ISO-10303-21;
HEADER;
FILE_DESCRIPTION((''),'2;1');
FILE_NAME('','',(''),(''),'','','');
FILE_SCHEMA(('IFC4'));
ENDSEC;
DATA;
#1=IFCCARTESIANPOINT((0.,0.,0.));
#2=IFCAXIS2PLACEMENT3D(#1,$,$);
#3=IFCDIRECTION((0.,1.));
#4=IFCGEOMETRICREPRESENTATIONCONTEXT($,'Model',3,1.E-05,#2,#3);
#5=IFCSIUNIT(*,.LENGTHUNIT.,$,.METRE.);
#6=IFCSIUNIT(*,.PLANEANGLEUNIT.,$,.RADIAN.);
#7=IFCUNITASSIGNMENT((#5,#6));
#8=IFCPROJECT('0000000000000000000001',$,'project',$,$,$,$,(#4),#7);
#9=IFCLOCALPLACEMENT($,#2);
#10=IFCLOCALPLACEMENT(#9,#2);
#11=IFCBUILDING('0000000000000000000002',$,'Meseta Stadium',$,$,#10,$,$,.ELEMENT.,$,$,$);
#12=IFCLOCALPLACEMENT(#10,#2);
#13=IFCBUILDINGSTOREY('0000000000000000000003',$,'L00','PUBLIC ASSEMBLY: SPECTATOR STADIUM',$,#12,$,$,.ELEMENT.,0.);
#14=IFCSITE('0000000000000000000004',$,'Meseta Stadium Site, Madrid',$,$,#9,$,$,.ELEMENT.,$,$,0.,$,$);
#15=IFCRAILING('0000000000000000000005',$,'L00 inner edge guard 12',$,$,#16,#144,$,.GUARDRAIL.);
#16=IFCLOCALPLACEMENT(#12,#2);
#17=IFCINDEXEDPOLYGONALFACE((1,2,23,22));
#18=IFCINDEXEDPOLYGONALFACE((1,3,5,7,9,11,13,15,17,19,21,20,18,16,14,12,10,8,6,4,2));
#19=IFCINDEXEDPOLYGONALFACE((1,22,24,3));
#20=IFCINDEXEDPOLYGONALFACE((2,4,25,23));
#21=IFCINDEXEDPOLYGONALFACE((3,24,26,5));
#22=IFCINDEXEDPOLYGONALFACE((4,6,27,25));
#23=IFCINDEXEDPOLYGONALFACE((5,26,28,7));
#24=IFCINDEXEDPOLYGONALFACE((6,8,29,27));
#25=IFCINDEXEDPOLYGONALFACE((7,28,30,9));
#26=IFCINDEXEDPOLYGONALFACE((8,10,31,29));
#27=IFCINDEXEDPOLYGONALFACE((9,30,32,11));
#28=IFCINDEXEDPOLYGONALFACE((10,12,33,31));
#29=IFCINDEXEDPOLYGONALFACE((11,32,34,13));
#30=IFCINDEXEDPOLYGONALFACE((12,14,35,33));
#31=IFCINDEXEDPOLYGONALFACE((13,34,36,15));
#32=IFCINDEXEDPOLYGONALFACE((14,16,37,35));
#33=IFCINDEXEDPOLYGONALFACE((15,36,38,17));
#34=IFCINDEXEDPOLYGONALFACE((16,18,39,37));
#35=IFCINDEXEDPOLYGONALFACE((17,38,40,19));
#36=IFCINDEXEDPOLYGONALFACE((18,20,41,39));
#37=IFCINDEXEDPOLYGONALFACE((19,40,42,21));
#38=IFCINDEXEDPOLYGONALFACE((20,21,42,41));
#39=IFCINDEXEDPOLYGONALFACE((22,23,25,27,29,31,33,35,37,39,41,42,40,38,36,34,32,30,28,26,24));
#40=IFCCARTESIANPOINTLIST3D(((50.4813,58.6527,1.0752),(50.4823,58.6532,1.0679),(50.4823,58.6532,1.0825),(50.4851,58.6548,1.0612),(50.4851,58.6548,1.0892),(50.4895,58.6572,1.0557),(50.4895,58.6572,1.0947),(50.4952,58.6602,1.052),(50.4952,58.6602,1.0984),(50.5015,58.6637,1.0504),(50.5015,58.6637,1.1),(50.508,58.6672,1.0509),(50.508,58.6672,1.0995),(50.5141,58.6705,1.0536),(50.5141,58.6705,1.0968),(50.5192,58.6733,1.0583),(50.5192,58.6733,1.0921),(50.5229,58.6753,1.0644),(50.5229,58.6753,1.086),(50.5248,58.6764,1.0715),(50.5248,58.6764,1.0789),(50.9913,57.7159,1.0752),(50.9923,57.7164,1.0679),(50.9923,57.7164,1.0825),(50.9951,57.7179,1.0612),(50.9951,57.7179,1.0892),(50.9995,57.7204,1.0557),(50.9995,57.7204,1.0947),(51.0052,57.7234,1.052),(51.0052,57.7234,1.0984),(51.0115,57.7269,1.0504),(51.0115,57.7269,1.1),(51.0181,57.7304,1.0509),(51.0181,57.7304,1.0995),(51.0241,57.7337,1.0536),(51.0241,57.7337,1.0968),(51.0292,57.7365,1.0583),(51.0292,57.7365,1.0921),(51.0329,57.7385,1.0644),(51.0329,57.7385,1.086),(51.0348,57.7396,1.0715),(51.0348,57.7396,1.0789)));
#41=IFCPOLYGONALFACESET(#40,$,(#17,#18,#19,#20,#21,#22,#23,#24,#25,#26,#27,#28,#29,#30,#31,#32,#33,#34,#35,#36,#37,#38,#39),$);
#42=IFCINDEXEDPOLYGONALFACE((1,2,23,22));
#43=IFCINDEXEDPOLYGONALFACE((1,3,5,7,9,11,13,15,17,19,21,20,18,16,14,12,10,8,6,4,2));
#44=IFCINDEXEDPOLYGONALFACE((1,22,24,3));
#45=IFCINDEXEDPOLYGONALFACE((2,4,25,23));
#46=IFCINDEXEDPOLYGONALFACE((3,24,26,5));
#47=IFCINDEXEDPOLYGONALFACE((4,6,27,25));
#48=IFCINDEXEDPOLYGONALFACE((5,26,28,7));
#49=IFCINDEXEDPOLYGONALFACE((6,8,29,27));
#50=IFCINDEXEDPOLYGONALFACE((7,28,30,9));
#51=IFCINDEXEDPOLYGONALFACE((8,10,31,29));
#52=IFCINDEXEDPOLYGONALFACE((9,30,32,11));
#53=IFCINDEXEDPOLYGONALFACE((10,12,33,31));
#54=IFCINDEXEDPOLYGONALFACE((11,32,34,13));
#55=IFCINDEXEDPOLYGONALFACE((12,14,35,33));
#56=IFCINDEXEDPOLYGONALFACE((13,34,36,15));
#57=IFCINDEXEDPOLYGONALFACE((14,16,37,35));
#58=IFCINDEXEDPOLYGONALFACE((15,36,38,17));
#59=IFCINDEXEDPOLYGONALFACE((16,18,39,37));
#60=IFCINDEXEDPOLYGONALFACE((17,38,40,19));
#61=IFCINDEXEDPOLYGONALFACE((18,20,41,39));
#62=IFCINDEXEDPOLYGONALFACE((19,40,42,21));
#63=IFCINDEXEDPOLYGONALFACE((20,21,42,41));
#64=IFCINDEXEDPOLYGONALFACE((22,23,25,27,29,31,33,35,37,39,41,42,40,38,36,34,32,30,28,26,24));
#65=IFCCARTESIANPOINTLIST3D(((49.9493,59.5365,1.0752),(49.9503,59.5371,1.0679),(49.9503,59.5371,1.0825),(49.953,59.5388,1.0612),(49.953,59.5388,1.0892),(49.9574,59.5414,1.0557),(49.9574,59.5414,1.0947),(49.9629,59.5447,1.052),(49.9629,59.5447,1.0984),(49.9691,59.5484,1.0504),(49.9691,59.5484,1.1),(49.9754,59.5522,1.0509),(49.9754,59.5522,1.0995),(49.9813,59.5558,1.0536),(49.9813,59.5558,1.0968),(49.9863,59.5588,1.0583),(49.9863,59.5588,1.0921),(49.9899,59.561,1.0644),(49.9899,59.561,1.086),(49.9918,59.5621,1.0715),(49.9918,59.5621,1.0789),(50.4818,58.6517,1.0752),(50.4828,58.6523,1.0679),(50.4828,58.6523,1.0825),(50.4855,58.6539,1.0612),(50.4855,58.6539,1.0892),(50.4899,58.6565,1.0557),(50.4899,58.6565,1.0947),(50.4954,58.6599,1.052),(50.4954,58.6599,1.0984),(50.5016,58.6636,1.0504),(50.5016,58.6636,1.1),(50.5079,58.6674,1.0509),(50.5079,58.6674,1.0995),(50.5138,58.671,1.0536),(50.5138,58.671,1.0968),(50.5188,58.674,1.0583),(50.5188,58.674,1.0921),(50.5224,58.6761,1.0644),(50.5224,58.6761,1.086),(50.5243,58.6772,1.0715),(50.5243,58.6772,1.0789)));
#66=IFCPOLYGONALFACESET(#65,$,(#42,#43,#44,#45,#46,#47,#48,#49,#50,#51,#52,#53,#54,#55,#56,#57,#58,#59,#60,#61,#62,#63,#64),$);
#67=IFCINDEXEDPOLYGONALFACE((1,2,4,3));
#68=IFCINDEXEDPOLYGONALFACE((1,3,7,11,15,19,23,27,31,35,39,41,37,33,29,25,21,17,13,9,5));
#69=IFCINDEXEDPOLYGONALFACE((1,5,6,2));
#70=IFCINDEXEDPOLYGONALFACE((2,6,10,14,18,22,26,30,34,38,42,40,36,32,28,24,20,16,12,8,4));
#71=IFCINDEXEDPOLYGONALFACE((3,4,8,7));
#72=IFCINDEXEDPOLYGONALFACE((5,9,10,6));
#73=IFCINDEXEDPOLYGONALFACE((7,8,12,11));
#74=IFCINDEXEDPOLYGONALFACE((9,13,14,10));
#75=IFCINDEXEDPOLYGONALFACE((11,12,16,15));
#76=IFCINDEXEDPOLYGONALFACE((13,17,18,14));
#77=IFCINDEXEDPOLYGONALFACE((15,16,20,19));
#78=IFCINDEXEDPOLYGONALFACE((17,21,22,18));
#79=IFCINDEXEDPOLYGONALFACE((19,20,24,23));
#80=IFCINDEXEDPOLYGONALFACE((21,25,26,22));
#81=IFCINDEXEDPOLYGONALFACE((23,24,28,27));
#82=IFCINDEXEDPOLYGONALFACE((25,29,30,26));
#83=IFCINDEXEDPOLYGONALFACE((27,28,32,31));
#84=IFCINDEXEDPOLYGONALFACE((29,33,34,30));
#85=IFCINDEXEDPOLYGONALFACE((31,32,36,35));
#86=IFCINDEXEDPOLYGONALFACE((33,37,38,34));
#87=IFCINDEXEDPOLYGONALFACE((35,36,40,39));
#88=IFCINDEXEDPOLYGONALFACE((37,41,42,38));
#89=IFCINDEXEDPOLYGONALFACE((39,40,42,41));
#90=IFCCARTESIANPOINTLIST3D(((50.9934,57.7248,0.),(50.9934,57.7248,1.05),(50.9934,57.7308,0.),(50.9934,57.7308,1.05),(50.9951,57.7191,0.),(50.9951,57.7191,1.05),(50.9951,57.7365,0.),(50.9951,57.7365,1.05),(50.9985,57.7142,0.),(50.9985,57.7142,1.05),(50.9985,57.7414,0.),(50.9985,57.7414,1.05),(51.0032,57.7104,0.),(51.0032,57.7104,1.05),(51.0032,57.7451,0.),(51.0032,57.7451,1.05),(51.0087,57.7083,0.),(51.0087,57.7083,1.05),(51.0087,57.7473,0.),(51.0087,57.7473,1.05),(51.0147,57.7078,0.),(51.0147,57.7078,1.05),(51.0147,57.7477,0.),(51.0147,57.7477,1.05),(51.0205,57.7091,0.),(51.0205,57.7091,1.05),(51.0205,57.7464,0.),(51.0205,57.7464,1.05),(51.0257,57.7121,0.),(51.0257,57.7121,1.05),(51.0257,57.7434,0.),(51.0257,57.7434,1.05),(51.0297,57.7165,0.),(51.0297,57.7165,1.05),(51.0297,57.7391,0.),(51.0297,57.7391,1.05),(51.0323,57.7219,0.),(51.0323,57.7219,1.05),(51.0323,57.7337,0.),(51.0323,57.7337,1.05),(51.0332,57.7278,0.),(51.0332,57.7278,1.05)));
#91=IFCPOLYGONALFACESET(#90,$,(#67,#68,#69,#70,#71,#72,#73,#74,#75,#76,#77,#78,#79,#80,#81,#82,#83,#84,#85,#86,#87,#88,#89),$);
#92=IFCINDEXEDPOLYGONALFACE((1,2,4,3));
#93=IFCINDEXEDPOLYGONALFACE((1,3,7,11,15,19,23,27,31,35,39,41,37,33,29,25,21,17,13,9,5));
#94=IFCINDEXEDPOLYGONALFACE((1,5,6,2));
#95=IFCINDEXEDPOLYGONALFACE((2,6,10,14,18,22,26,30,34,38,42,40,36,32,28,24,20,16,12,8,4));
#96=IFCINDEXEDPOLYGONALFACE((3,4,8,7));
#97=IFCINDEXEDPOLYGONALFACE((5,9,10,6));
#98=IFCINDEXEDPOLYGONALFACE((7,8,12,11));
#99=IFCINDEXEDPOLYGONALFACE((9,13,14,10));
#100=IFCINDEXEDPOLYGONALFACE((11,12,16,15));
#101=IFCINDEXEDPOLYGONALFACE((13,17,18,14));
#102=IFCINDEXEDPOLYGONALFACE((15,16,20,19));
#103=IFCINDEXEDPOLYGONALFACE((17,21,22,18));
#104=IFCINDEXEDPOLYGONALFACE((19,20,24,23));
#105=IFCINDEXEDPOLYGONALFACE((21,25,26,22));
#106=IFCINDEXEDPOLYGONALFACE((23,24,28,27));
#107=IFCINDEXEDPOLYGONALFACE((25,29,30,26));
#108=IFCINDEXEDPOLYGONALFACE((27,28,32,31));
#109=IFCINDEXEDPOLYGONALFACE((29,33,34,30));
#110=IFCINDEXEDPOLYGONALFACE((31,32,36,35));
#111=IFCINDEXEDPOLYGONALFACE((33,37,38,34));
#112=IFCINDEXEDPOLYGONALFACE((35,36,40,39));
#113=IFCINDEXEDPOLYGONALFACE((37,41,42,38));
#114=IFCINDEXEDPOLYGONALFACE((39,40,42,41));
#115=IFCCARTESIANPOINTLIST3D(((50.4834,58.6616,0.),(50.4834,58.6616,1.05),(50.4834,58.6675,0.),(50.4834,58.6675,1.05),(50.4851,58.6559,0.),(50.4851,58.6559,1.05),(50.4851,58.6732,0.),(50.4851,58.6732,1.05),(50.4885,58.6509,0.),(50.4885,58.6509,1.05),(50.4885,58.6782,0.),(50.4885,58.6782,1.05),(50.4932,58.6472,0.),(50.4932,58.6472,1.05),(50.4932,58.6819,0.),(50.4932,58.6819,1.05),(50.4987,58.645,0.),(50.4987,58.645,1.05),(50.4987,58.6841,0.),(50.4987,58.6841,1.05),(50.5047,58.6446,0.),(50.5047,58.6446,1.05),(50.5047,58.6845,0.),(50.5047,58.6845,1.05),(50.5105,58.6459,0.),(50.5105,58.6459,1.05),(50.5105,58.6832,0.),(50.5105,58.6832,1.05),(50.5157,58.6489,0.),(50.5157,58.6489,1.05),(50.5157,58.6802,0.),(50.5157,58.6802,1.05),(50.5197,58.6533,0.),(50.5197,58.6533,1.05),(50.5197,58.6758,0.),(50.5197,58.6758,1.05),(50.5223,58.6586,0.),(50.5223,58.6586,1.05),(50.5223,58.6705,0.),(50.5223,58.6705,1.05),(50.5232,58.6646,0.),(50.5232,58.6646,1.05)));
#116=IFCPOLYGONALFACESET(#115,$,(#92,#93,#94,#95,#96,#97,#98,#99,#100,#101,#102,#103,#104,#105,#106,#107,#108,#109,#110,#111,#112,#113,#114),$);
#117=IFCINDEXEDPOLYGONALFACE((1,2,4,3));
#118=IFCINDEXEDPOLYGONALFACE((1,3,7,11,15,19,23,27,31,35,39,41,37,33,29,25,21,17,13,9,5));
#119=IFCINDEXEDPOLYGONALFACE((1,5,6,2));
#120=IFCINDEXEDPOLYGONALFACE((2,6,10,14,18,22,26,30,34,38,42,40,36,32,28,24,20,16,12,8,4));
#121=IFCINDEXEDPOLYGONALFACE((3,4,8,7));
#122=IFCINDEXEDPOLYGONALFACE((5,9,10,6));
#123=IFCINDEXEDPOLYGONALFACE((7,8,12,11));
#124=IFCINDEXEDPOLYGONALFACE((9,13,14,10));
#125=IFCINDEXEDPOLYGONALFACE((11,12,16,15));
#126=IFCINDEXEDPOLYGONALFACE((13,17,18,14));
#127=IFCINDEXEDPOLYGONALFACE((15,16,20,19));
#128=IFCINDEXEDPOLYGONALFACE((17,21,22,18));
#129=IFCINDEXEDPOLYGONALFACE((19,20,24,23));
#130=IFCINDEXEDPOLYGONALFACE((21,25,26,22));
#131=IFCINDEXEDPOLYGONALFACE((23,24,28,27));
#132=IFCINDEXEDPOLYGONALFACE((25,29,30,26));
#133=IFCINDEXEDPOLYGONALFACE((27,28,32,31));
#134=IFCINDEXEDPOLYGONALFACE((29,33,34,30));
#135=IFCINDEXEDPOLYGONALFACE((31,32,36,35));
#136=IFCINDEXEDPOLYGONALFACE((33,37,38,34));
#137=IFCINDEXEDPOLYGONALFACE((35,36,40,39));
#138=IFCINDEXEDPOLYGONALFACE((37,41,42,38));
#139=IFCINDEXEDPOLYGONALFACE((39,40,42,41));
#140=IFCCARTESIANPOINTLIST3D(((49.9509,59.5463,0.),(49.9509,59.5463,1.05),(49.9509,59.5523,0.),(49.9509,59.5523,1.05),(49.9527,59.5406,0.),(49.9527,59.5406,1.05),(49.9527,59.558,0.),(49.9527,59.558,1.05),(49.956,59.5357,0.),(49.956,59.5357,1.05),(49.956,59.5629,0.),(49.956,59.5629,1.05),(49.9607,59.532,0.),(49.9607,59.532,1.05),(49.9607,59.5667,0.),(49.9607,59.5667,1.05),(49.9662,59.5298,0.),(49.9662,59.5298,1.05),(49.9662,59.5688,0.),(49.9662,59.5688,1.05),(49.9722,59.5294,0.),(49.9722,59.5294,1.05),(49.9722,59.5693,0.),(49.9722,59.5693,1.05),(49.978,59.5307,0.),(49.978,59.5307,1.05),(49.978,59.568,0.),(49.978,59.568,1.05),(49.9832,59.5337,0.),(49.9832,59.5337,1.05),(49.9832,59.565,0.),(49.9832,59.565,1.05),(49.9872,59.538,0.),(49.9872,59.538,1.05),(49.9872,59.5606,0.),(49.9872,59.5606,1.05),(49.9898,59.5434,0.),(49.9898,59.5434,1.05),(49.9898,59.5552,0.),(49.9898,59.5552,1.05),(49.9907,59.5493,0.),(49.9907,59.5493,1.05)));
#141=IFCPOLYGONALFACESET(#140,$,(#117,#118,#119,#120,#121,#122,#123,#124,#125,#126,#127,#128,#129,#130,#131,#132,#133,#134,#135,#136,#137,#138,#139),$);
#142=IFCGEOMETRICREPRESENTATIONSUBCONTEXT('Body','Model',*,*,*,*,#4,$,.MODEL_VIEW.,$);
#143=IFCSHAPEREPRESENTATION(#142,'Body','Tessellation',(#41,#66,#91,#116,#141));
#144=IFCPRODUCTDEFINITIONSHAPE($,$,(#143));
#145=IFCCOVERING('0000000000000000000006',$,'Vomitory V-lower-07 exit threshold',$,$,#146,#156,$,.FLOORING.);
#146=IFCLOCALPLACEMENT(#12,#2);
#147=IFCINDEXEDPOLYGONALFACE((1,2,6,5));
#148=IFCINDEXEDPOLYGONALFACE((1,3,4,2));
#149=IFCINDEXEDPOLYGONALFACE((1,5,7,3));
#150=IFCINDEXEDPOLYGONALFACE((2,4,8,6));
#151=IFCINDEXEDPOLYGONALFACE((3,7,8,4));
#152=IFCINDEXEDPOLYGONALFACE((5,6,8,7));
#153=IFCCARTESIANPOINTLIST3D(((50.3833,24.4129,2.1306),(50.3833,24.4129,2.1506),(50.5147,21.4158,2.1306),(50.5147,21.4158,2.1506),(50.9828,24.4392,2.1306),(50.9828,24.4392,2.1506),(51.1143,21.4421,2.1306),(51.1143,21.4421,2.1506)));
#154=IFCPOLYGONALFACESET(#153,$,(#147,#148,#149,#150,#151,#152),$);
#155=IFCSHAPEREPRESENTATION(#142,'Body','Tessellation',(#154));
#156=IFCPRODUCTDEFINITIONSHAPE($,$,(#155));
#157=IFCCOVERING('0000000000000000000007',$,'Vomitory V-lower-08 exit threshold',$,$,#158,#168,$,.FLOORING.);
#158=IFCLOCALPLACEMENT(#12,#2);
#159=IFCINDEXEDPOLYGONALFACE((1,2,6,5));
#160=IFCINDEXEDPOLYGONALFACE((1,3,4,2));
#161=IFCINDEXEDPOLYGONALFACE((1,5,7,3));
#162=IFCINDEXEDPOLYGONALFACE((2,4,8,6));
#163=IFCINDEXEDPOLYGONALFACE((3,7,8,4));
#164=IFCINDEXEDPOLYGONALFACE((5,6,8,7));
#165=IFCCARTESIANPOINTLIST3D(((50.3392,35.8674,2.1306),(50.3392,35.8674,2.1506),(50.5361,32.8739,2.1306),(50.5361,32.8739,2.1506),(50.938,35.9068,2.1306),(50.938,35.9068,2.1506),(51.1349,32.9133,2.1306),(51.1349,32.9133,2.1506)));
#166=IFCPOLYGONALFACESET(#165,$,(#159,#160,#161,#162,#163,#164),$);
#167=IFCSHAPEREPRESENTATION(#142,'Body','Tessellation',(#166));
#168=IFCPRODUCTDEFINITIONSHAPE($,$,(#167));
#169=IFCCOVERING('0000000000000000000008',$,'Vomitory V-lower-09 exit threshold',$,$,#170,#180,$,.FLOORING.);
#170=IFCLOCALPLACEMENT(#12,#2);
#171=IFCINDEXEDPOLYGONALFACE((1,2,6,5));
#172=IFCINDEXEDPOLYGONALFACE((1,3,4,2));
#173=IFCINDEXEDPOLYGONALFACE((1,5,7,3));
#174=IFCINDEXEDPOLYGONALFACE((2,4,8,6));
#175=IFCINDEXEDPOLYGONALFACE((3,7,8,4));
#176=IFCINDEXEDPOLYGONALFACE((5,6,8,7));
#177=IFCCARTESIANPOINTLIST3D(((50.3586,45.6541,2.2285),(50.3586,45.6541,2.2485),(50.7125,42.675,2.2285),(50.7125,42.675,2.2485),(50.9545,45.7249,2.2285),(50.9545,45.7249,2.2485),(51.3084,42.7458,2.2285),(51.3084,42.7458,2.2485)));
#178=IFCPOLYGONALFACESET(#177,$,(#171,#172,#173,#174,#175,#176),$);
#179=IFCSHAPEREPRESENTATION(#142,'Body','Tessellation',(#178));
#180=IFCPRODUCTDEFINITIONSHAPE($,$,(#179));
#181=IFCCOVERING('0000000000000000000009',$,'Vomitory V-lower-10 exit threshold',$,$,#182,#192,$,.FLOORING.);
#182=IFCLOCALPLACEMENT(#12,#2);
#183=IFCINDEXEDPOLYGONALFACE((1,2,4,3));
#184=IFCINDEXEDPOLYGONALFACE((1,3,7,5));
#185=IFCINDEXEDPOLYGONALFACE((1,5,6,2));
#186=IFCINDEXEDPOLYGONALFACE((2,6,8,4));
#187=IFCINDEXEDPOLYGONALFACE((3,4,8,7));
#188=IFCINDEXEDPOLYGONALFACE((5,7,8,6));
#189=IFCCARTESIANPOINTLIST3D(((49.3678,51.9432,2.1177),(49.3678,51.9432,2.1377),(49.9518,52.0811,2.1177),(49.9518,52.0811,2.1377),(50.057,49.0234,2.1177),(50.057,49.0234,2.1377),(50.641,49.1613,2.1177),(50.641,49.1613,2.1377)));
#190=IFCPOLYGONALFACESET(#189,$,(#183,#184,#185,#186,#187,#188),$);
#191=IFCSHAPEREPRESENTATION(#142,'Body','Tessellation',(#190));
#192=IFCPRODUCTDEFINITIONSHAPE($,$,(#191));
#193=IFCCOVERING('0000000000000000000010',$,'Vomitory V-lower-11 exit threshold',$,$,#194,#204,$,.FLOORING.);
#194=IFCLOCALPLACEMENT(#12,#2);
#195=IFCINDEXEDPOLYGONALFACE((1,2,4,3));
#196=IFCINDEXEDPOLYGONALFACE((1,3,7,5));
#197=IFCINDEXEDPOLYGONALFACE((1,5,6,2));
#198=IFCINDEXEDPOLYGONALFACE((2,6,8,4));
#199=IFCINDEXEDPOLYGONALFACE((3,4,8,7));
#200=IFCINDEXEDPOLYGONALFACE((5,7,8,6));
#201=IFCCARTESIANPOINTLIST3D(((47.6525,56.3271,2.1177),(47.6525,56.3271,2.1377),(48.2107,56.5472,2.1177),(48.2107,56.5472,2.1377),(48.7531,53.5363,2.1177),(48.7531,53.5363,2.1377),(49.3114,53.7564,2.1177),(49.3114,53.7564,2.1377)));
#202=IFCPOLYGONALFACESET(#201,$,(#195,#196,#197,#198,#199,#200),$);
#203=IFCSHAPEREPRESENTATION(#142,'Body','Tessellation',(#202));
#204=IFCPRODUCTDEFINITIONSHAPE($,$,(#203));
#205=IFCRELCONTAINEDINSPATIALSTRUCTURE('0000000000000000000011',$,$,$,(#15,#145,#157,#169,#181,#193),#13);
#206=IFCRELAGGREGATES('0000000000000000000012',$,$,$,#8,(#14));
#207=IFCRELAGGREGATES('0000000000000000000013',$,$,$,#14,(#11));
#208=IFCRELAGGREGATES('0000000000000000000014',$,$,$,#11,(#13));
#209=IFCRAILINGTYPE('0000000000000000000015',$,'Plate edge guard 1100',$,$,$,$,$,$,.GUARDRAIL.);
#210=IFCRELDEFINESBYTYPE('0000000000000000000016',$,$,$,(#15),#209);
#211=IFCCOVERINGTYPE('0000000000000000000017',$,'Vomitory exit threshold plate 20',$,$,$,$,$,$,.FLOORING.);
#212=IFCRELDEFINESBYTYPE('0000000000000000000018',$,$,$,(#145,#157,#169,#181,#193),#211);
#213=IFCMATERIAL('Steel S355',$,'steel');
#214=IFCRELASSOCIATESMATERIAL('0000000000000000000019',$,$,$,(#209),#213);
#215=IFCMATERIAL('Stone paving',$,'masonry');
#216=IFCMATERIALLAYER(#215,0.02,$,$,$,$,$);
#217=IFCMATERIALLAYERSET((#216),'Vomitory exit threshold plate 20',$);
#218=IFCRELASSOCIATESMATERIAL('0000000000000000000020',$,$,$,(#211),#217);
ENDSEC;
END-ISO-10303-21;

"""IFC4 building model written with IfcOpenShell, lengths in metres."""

from ifc_helpers import new_model, si_unit, direction, frame, origin, origin_2d, place, context, subcontext, project, spatial, rectangle, circle, extrude, material, layer, layer_set, type_object, element, save


model = new_model("IFC4")

# Units and contexts
model_context = context("Model", 3, precision=1e-05, world=origin(), true_north=direction((0.0, 1.0)))
body_context = subcontext(model_context, "Body", "Model", "MODEL_VIEW")
ifc_project = project(units=[si_unit("LENGTHUNIT", "METRE"), si_unit("PLANEANGLEUNIT", "RADIAN")], contexts=[model_context])

# Site, building, storey
site_placement = place(None, origin())
site = spatial("IfcSite", under=ifc_project, at=site_placement, Name="Meseta Stadium Site, Madrid", CompositionType="ELEMENT", RefElevation=0.0)
building_placement = place(site_placement, origin())
building = spatial("IfcBuilding", under=site, at=building_placement, Name="Meseta Stadium", CompositionType="ELEMENT")
storey_placement = place(building_placement, origin())
storey = spatial("IfcBuildingStorey", under=building, at=storey_placement, Name="L00", Description="PUBLIC ASSEMBLY: SPECTATOR STADIUM", CompositionType="ELEMENT", Elevation=0.0)

# Railing
ifc_material_1 = material(Name="Steel S355", Category="steel")
railing_type_1 = type_object("IfcRailingType", Name="Plate edge guard 1100", PredefinedType="GUARDRAIL", material=ifc_material_1)
railing_1_placement = place(storey_placement, frame((51.0132, 57.7278, 0.0)))
element("IfcRailing", 1, at=railing_1_placement, inside=storey, type_object=railing_type_1, Name="L00 inner edge guard 12", PredefinedType="GUARDRAIL", context=body_context, shape_type="SweptSolid", body=[
    extrude(circle(Radius=0.0249, at=origin_2d()), frame((0.0, 0.0, 1.0752), z_axis=(-0.478162, 0.878271, 0.0), x_axis=(-0.878271, -0.478162, 0.0)), (0.0, 0.0, 1.0), 1.0667),
    extrude(circle(Radius=0.0249, at=origin_2d()), frame((-0.51, 0.9368, 1.0752), z_axis=(-0.515643, 0.856804, 0.0), x_axis=(-0.856804, -0.515643, 0.0)), (0.0, 0.0, 1.0), 1.0327),
    extrude(circle(Radius=0.02, at=origin_2d()), origin(), (0.0, 0.0, 1.0), 1.05),
    extrude(circle(Radius=0.02, at=origin_2d()), frame((-0.51, 0.9368, 0.0)), (0.0, 0.0, 1.0), 1.05),
    extrude(circle(Radius=0.02, at=origin_2d()), frame((-1.0425, 1.8215, 0.0)), (0.0, 0.0, 1.0), 1.05),
])

# Coverings
ifc_material_2 = material(Name="Stone paving", Category="masonry")
ifc_layer = layer(ifc_material_2, 0.02)
ifc_layer_set = layer_set([ifc_layer], Name="Vomitory exit threshold plate 20")
covering_type = type_object("IfcCoveringType", Name="Vomitory exit threshold plate 20", PredefinedType="FLOORING", material=ifc_layer_set)
for number, where, z_axis, x_axis, name in (
    (2, (50.7488, 22.9275, 2.1306), (0.0, 0.0, 1.0), (-0.99904, -0.043818, 0.0), "Vomitory V-lower-07 exit threshold"),
    (3, (50.7371, 34.3904, 2.1306), (0.0, 0.0, 1.0), (-0.997843, -0.065647, 0.0), "Vomitory V-lower-08 exit threshold"),
    (4, (50.8335, 44.2, 2.2285), (0.0, 0.0, 1.0), (-0.993015, -0.117988, 0.0), "Vomitory V-lower-09 exit threshold"),
    (5, (50.0044, 50.5522, 2.1177), (0.0, 0.0, 1.0), (-0.973256, -0.229722, 0.0), "Vomitory V-lower-10 exit threshold"),
    (6, (48.4819, 55.0417, 2.1177), (0.0, 0.0, 1.0), (-0.930263, -0.366893, 0.0), "Vomitory V-lower-11 exit threshold"),
):
    element("IfcCovering", number, at=place(storey_placement, frame(where, z_axis=z_axis, x_axis=x_axis)), inside=storey, type_object=covering_type, Name=name, PredefinedType="FLOORING", context=body_context, shape_type="SweptSolid", body=[
        extrude(rectangle(XDim=0.6001, YDim=3.0, at=origin_2d()), origin(), (0.0, 0.0, 1.0), 0.02),
    ])

save(model, "model.ifc")
